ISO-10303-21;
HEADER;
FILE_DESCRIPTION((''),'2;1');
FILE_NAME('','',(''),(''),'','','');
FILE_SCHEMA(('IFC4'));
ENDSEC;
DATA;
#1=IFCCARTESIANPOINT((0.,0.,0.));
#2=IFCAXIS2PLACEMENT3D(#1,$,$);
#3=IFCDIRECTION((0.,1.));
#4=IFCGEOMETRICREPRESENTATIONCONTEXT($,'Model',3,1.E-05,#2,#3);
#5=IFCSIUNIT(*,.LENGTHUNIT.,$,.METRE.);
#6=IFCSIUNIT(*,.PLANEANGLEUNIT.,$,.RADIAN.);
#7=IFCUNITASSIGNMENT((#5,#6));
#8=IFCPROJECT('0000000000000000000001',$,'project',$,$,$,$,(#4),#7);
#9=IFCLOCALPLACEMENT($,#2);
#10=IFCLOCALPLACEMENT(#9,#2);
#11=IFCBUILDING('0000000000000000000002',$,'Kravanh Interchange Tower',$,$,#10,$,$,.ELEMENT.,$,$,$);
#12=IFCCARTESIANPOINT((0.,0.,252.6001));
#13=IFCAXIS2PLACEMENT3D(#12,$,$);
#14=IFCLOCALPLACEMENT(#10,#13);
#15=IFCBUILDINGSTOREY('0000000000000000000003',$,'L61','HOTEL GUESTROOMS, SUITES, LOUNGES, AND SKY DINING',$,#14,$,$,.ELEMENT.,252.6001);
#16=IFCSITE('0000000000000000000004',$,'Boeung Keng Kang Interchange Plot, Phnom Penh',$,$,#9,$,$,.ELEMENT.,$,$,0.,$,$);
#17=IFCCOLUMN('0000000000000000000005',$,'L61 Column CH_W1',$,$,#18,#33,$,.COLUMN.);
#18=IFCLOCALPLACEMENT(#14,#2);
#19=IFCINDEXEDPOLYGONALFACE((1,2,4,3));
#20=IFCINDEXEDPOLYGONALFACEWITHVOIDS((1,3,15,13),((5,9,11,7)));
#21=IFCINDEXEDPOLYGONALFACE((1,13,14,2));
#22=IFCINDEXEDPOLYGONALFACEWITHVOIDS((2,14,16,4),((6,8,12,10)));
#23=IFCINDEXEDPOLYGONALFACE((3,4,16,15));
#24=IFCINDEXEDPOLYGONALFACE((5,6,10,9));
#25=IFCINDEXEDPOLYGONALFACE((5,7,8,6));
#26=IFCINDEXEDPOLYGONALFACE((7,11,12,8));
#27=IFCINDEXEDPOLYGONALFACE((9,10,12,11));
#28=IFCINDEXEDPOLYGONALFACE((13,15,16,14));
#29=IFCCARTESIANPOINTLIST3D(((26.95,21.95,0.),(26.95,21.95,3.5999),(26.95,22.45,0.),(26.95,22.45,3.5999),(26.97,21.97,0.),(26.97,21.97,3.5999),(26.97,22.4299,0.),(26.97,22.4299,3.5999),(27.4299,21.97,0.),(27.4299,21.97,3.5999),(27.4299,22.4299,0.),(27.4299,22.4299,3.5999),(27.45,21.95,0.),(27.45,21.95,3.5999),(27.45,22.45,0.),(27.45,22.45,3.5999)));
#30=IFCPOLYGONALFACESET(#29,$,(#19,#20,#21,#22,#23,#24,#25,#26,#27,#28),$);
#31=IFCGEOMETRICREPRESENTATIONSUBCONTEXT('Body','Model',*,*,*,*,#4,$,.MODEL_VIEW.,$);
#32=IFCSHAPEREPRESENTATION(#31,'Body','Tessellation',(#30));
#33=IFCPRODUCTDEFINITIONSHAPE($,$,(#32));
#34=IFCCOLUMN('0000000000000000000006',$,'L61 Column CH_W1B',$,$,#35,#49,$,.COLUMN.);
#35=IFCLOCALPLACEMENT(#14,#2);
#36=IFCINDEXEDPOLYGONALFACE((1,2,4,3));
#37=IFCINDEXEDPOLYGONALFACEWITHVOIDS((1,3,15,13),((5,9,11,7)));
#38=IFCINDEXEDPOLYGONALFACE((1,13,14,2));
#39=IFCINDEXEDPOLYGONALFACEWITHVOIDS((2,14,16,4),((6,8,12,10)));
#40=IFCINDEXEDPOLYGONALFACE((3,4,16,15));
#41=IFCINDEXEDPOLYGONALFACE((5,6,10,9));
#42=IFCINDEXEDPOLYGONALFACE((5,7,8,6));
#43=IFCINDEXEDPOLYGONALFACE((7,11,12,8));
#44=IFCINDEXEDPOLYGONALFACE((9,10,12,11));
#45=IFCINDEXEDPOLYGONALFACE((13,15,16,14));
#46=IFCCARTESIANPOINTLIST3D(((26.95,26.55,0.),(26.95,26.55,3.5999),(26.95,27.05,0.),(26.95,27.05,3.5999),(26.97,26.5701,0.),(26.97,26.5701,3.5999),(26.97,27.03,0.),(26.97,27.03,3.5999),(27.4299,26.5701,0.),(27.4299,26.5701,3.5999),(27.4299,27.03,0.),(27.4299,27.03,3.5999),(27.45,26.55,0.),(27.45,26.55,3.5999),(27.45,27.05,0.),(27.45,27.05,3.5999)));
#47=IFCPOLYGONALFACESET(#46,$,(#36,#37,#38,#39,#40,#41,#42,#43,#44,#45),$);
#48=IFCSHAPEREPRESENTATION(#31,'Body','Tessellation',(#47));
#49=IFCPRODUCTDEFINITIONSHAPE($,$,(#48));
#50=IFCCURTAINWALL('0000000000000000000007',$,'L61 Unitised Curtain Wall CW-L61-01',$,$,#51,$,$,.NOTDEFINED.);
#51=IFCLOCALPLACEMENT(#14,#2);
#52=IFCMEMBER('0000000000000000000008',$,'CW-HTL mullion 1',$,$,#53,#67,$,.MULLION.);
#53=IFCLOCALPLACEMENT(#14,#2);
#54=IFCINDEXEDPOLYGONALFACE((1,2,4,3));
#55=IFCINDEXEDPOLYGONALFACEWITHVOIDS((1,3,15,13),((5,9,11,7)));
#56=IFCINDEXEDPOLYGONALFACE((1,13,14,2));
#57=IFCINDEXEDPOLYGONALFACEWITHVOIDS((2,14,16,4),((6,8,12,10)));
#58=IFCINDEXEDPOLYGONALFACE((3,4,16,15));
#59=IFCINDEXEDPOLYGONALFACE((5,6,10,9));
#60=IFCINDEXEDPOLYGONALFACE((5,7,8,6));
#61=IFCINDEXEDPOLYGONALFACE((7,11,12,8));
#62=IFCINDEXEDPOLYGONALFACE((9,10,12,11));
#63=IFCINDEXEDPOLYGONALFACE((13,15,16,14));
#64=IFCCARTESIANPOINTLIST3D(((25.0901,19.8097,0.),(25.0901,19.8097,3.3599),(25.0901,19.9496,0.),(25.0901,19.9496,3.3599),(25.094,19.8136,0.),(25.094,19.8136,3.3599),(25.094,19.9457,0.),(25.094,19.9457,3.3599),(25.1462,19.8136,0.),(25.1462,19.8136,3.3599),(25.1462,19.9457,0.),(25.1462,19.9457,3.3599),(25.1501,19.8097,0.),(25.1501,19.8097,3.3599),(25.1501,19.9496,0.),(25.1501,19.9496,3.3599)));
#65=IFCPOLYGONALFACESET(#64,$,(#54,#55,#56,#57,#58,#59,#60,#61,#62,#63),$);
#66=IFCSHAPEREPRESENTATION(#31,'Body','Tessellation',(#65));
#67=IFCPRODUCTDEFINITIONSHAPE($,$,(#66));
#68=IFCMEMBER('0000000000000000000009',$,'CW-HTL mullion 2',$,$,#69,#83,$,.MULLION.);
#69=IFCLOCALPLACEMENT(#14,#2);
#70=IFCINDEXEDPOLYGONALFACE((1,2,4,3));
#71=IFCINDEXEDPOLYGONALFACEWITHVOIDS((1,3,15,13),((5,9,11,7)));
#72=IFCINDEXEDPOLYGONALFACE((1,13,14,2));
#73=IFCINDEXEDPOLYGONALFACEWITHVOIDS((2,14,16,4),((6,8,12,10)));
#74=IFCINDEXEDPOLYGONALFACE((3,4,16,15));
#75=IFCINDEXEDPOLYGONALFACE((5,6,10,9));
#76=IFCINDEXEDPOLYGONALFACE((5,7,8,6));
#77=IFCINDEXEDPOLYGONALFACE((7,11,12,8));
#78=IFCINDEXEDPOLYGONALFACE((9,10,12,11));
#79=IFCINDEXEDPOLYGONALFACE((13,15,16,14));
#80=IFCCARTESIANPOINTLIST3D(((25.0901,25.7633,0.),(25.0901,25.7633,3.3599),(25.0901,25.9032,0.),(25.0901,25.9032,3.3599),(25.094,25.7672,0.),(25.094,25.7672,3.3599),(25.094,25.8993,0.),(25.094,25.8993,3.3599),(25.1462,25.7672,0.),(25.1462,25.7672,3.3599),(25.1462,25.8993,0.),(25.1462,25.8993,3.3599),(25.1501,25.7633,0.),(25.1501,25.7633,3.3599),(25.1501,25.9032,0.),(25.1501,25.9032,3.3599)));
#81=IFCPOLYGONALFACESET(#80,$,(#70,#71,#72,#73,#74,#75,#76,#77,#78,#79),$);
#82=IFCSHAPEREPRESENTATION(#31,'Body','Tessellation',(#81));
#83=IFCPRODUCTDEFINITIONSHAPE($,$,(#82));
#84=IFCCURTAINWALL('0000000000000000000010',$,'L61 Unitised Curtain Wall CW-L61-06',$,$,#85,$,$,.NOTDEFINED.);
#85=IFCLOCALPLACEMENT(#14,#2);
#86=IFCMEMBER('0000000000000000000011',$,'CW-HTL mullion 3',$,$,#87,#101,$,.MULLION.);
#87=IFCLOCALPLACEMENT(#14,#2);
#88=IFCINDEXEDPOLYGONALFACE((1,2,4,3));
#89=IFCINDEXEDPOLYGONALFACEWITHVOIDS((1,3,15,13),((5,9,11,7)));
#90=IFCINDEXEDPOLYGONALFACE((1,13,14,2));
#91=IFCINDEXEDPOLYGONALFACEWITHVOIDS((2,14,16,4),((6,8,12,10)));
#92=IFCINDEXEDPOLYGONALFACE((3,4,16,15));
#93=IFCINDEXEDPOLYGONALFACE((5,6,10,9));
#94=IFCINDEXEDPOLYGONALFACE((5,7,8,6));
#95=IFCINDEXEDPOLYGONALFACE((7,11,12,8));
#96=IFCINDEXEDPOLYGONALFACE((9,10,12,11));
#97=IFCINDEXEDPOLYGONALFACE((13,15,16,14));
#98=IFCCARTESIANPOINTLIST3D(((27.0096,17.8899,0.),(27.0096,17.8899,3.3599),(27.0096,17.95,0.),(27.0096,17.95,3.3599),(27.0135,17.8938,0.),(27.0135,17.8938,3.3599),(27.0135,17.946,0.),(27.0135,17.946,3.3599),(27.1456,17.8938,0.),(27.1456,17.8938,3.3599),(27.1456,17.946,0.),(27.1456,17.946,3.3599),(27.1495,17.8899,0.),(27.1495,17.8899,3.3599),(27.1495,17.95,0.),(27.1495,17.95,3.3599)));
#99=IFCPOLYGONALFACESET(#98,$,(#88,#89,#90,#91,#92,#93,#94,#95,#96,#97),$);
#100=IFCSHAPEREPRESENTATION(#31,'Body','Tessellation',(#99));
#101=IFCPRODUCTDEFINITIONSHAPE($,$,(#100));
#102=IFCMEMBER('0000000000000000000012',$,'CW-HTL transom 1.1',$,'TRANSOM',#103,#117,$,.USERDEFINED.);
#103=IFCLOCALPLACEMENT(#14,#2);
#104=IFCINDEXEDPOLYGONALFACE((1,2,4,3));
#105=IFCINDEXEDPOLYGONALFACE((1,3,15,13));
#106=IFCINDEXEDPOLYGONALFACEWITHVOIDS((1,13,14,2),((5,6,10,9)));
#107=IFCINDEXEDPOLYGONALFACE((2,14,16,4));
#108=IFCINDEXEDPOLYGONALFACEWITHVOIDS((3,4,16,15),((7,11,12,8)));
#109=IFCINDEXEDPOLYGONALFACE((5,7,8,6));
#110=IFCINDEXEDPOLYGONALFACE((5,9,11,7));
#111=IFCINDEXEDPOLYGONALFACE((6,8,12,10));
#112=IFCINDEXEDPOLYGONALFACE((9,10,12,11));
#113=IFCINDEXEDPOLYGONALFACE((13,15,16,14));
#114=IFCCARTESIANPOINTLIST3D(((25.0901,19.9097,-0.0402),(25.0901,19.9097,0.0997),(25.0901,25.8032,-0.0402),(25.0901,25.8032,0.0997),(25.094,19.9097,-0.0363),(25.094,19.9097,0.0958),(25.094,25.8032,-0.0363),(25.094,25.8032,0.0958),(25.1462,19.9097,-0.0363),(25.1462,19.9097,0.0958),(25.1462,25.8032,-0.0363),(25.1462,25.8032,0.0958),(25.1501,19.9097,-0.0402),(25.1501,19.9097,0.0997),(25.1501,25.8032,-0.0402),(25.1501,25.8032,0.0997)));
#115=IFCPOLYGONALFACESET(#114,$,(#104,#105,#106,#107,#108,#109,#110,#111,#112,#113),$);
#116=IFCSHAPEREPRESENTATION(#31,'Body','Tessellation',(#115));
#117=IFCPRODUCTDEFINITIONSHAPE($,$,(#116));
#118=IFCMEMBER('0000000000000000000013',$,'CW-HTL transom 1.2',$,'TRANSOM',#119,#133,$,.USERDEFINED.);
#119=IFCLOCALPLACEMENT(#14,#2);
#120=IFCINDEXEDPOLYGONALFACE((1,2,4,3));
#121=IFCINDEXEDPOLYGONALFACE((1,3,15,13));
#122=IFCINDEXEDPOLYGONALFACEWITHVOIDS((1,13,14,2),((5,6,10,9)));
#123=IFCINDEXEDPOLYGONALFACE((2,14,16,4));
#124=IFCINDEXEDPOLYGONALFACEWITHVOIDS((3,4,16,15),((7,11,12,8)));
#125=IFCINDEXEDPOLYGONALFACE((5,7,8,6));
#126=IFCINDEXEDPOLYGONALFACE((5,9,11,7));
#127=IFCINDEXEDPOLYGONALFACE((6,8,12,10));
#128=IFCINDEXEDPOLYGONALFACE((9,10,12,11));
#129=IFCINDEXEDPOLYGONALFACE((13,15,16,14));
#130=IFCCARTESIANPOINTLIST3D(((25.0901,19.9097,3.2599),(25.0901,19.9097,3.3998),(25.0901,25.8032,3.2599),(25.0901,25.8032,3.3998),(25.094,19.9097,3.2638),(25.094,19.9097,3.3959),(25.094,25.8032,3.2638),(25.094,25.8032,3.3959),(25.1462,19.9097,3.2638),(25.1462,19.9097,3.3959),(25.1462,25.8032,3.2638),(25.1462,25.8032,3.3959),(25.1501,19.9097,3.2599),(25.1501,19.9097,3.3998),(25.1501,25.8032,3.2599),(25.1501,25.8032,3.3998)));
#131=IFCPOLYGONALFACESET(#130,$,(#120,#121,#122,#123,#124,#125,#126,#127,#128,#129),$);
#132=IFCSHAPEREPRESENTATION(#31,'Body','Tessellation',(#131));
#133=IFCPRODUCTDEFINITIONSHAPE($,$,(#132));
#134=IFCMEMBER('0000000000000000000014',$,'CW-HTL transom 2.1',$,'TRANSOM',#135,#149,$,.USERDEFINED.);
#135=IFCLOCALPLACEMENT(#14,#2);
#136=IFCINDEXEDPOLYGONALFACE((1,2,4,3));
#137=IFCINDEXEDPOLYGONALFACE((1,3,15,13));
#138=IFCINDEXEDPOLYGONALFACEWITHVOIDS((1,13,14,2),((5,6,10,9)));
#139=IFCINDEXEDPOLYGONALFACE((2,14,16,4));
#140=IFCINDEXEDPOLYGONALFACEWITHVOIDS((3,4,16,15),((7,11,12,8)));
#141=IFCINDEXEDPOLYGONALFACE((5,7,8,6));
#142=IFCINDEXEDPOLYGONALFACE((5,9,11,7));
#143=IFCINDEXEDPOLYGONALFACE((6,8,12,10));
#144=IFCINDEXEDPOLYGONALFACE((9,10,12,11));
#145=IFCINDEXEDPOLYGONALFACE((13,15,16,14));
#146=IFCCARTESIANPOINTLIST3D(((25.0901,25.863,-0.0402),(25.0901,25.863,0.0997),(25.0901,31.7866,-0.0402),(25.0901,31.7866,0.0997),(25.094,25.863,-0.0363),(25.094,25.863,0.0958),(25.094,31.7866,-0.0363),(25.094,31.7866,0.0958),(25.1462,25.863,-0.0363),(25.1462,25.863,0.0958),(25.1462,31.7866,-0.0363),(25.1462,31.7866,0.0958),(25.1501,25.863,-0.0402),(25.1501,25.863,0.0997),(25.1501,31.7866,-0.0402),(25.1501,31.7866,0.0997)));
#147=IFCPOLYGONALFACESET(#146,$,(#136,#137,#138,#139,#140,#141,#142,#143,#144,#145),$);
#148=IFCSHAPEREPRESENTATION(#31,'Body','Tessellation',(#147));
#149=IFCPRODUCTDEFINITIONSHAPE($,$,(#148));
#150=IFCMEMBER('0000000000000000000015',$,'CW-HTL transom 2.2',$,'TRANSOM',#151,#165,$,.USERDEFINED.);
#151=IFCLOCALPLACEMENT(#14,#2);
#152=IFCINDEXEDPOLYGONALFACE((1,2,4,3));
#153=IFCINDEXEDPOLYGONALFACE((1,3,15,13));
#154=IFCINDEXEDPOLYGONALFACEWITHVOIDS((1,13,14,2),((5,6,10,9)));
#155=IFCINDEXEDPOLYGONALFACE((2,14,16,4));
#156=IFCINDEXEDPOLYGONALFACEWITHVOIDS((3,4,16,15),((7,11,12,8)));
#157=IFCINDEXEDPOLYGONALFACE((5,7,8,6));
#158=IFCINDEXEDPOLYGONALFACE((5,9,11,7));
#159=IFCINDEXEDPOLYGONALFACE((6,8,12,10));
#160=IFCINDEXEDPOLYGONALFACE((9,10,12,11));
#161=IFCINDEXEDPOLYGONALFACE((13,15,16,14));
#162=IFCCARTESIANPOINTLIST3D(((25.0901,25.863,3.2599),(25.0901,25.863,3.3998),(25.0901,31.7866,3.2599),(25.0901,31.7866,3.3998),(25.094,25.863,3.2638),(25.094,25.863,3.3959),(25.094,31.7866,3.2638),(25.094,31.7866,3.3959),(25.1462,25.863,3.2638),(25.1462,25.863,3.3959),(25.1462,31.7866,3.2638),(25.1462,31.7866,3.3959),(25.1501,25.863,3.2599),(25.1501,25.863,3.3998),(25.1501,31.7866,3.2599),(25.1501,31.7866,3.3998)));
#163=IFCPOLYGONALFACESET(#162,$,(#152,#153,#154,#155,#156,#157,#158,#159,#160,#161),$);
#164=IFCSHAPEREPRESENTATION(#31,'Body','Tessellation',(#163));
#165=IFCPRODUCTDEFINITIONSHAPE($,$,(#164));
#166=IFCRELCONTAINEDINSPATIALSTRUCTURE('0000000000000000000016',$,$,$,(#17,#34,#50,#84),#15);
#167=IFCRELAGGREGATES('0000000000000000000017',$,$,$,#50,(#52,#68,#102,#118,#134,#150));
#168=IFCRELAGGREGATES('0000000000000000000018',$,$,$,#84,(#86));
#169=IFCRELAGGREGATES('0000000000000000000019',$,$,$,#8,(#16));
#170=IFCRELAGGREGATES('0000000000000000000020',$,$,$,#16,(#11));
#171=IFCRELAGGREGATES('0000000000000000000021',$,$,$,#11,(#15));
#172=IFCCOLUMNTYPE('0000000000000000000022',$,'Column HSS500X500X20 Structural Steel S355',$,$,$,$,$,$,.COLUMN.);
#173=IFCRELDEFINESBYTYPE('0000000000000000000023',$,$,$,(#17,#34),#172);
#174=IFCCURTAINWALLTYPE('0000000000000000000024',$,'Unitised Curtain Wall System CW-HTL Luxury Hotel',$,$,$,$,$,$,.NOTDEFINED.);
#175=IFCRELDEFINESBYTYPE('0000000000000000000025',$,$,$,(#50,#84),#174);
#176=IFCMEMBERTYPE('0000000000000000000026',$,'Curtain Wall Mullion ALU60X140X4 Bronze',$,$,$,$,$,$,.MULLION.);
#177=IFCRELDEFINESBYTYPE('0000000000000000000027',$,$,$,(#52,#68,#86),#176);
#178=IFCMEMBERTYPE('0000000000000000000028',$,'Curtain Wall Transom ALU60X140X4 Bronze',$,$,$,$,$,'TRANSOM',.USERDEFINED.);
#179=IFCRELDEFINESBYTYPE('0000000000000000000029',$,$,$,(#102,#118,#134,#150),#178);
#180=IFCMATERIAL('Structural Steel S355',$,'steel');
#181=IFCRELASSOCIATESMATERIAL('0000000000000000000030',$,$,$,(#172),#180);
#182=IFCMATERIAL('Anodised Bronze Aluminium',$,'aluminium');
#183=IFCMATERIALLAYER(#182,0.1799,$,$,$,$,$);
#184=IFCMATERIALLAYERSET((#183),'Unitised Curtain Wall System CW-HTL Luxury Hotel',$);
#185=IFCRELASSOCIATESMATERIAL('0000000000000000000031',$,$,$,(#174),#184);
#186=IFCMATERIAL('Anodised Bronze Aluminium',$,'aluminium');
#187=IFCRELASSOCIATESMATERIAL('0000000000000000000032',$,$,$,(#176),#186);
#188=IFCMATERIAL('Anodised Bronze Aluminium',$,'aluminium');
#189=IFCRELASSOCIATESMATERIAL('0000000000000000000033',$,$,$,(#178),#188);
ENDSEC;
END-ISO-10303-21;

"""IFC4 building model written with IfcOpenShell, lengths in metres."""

from ifc_helpers import new_model, si_unit, direction, frame, origin, origin_2d, place, context, subcontext, project, spatial, hollow_rectangle, extrude, material, layer, layer_set, material_profile, profile_set, type_object, element, aggregate, save


model = new_model("IFC4")

# Units and contexts
model_context = context("Model", 3, precision=1e-05, world=origin(), true_north=direction((0.0, 1.0)))
body_context = subcontext(model_context, "Body", "Model", "MODEL_VIEW")
ifc_project = project(units=[si_unit("LENGTHUNIT", "METRE"), si_unit("PLANEANGLEUNIT", "RADIAN")], contexts=[model_context])

# Site, building, storey
site_placement = place(None, origin())
site = spatial("IfcSite", under=ifc_project, at=site_placement, Name="Boeung Keng Kang Interchange Plot, Phnom Penh", CompositionType="ELEMENT", RefElevation=0.0)
building_placement = place(site_placement, origin())
building = spatial("IfcBuilding", under=site, at=building_placement, Name="Kravanh Interchange Tower", CompositionType="ELEMENT")
storey_placement = place(building_placement, frame((0.0, 0.0, 252.6001)))
storey = spatial("IfcBuildingStorey", under=building, at=storey_placement, Name="L61", Description="HOTEL GUESTROOMS, SUITES, LOUNGES, AND SKY DINING", CompositionType="ELEMENT", Elevation=252.6001)

# Columns
ifc_material_1 = material(Name="Structural Steel S355", Category="steel")
ifc_material_profile_1 = material_profile(ifc_material_1, hollow_rectangle(XDim=0.5, YDim=0.5, WallThickness=0.02, at=origin_2d()), Name="HSS500X500X20")
ifc_profile_set_1 = profile_set([ifc_material_profile_1], Name="Structural Steel S355")
column_type = type_object("IfcColumnType", Name="Column HSS500X500X20 Structural Steel S355", PredefinedType="COLUMN", material=ifc_profile_set_1)
for number, where, z_axis, x_axis, name in (
    (1, (27.2, 22.2, 0.0), (0.0, 0.0, 1.0), (1.0, 0.0, 0.0), "L61 Column CH_W1"),
    (2, (27.2, 26.8, 0.0), (0.0, 0.0, 1.0), (1.0, 0.0, 0.0), "L61 Column CH_W1B"),
):
    element("IfcColumn", number, at=place(storey_placement, frame(where, z_axis=z_axis, x_axis=x_axis)), inside=storey, type_object=column_type, Name=name, PredefinedType="COLUMN", context=body_context, shape_type="SweptSolid", body=[
        extrude(hollow_rectangle(XDim=0.5, YDim=0.5, WallThickness=0.02, at=origin_2d()), origin(), (0.0, 0.0, 1.0), 3.5999),
    ])

# Curtain wall, members
ifc_material_2 = material(Name="Anodised Bronze Aluminium", Category="aluminium")
ifc_layer_1 = layer(ifc_material_2, 0.1799)
ifc_layer_set_1 = layer_set([ifc_layer_1], Name="Unitised Curtain Wall System CW-HTL Luxury Hotel")
curtain_wall_type = type_object("IfcCurtainWallType", Name="Unitised Curtain Wall System CW-HTL Luxury Hotel", PredefinedType="NOTDEFINED", material=ifc_layer_set_1)
curtain_wall_1_placement = place(storey_placement, origin())
curtain_wall_1 = element("IfcCurtainWall", 3, at=curtain_wall_1_placement, inside=storey, type_object=curtain_wall_type, Name="L61 Unitised Curtain Wall CW-L61-01", PredefinedType="NOTDEFINED")
ifc_material_3 = material(Name="Anodised Bronze Aluminium", Category="aluminium")
ifc_material_profile_2 = material_profile(ifc_material_3, hollow_rectangle(XDim=0.0601, YDim=0.1399, WallThickness=0.0039, at=origin_2d()), Name="ALU60X140X4")
ifc_profile_set_2 = profile_set([ifc_material_profile_2], Name="Anodised Bronze Aluminium")
member_type_1 = type_object("IfcMemberType", Name="Curtain Wall Mullion ALU60X140X4 Bronze", PredefinedType="MULLION", material=ifc_profile_set_2)
member_1_placement = place(storey_placement, frame((25.1201, 19.8796, 0.0), z_axis=(0.0, 0.0, 1.0), x_axis=(-1.0, 0.0, 0.0)))
member_1 = element("IfcMember", 4, at=member_1_placement, type_object=member_type_1, Name="CW-HTL mullion 1", PredefinedType="MULLION", context=body_context, shape_type="SweptSolid", body=[
    extrude(hollow_rectangle(XDim=0.0601, YDim=0.1399, WallThickness=0.0039, at=origin_2d()), origin(), (0.0, 0.0, 1.0), 3.3599),
])
member_2_placement = place(storey_placement, frame((25.1201, 25.8333, 0.0), z_axis=(0.0, 0.0, 1.0), x_axis=(-1.0, 0.0, 0.0)))
member_2 = element("IfcMember", 5, at=member_2_placement, type_object=member_type_1, Name="CW-HTL mullion 2", PredefinedType="MULLION", context=body_context, shape_type="SweptSolid", body=[
    extrude(hollow_rectangle(XDim=0.0601, YDim=0.1399, WallThickness=0.0039, at=origin_2d()), origin(), (0.0, 0.0, 1.0), 3.3599),
])

# Curtain wall, member
curtain_wall_2_placement = place(storey_placement, origin())
curtain_wall_2 = element("IfcCurtainWall", 6, at=curtain_wall_2_placement, inside=storey, type_object=curtain_wall_type, Name="L61 Unitised Curtain Wall CW-L61-06", PredefinedType="NOTDEFINED")
member_3_placement = place(storey_placement, frame((27.0796, 17.9199, 0.0), z_axis=(0.0, 0.0, 1.0), x_axis=(0.0, -1.0, 0.0)))
member_3 = element("IfcMember", 7, at=member_3_placement, type_object=member_type_1, Name="CW-HTL mullion 3", PredefinedType="MULLION", context=body_context, shape_type="SweptSolid", body=[
    extrude(hollow_rectangle(XDim=0.0601, YDim=0.1399, WallThickness=0.0039, at=origin_2d()), origin(), (0.0, 0.0, 1.0), 3.3599),
])

# Members
ifc_material_4 = material(Name="Anodised Bronze Aluminium", Category="aluminium")
ifc_material_profile_3 = material_profile(ifc_material_4, hollow_rectangle(XDim=0.0601, YDim=0.1399, WallThickness=0.0039, at=origin_2d()), Name="ALU60X140X4")
ifc_profile_set_3 = profile_set([ifc_material_profile_3], Name="Anodised Bronze Aluminium")
member_type_2 = type_object("IfcMemberType", Name="Curtain Wall Transom ALU60X140X4 Bronze", ElementType="TRANSOM", PredefinedType="USERDEFINED", material=ifc_profile_set_3)
member_4_placement = place(storey_placement, frame((25.1201, 19.9097, 0.0298), z_axis=(0.0, 1.0, 0.0), x_axis=(-1.0, 0.0, 0.0)))
member_4 = element("IfcMember", 8, at=member_4_placement, type_object=member_type_2, Name="CW-HTL transom 1.1", ObjectType="TRANSOM", PredefinedType="USERDEFINED", context=body_context, shape_type="SweptSolid", body=[
    extrude(hollow_rectangle(XDim=0.0601, YDim=0.1399, WallThickness=0.0039, at=origin_2d()), origin(), (0.0, 0.0, 1.0), 5.8936),
])
member_5_placement = place(storey_placement, frame((25.1201, 19.9097, 3.3298), z_axis=(0.0, 1.0, 0.0), x_axis=(-1.0, 0.0, 0.0)))
member_5 = element("IfcMember", 9, at=member_5_placement, type_object=member_type_2, Name="CW-HTL transom 1.2", ObjectType="TRANSOM", PredefinedType="USERDEFINED", context=body_context, shape_type="SweptSolid", body=[
    extrude(hollow_rectangle(XDim=0.0601, YDim=0.1399, WallThickness=0.0039, at=origin_2d()), origin(), (0.0, 0.0, 1.0), 5.8936),
])
member_6_placement = place(storey_placement, frame((25.1201, 25.863, 0.0298), z_axis=(0.0, 1.0, 0.0), x_axis=(-1.0, 0.0, 0.0)))
member_6 = element("IfcMember", 10, at=member_6_placement, type_object=member_type_2, Name="CW-HTL transom 2.1", ObjectType="TRANSOM", PredefinedType="USERDEFINED", context=body_context, shape_type="SweptSolid", body=[
    extrude(hollow_rectangle(XDim=0.0601, YDim=0.1399, WallThickness=0.0039, at=origin_2d()), origin(), (0.0, 0.0, 1.0), 5.9236),
])
member_7_placement = place(storey_placement, frame((25.1201, 25.863, 3.3298), z_axis=(0.0, 1.0, 0.0), x_axis=(-1.0, 0.0, 0.0)))
member_7 = element("IfcMember", 11, at=member_7_placement, type_object=member_type_2, Name="CW-HTL transom 2.2", ObjectType="TRANSOM", PredefinedType="USERDEFINED", context=body_context, shape_type="SweptSolid", body=[
    extrude(hollow_rectangle(XDim=0.0601, YDim=0.1399, WallThickness=0.0039, at=origin_2d()), origin(), (0.0, 0.0, 1.0), 5.9236),
])

aggregate(curtain_wall_1, [member_1, member_2, member_4, member_5, member_6, member_7])
aggregate(curtain_wall_2, [member_3])

save(model, "model.ifc")
